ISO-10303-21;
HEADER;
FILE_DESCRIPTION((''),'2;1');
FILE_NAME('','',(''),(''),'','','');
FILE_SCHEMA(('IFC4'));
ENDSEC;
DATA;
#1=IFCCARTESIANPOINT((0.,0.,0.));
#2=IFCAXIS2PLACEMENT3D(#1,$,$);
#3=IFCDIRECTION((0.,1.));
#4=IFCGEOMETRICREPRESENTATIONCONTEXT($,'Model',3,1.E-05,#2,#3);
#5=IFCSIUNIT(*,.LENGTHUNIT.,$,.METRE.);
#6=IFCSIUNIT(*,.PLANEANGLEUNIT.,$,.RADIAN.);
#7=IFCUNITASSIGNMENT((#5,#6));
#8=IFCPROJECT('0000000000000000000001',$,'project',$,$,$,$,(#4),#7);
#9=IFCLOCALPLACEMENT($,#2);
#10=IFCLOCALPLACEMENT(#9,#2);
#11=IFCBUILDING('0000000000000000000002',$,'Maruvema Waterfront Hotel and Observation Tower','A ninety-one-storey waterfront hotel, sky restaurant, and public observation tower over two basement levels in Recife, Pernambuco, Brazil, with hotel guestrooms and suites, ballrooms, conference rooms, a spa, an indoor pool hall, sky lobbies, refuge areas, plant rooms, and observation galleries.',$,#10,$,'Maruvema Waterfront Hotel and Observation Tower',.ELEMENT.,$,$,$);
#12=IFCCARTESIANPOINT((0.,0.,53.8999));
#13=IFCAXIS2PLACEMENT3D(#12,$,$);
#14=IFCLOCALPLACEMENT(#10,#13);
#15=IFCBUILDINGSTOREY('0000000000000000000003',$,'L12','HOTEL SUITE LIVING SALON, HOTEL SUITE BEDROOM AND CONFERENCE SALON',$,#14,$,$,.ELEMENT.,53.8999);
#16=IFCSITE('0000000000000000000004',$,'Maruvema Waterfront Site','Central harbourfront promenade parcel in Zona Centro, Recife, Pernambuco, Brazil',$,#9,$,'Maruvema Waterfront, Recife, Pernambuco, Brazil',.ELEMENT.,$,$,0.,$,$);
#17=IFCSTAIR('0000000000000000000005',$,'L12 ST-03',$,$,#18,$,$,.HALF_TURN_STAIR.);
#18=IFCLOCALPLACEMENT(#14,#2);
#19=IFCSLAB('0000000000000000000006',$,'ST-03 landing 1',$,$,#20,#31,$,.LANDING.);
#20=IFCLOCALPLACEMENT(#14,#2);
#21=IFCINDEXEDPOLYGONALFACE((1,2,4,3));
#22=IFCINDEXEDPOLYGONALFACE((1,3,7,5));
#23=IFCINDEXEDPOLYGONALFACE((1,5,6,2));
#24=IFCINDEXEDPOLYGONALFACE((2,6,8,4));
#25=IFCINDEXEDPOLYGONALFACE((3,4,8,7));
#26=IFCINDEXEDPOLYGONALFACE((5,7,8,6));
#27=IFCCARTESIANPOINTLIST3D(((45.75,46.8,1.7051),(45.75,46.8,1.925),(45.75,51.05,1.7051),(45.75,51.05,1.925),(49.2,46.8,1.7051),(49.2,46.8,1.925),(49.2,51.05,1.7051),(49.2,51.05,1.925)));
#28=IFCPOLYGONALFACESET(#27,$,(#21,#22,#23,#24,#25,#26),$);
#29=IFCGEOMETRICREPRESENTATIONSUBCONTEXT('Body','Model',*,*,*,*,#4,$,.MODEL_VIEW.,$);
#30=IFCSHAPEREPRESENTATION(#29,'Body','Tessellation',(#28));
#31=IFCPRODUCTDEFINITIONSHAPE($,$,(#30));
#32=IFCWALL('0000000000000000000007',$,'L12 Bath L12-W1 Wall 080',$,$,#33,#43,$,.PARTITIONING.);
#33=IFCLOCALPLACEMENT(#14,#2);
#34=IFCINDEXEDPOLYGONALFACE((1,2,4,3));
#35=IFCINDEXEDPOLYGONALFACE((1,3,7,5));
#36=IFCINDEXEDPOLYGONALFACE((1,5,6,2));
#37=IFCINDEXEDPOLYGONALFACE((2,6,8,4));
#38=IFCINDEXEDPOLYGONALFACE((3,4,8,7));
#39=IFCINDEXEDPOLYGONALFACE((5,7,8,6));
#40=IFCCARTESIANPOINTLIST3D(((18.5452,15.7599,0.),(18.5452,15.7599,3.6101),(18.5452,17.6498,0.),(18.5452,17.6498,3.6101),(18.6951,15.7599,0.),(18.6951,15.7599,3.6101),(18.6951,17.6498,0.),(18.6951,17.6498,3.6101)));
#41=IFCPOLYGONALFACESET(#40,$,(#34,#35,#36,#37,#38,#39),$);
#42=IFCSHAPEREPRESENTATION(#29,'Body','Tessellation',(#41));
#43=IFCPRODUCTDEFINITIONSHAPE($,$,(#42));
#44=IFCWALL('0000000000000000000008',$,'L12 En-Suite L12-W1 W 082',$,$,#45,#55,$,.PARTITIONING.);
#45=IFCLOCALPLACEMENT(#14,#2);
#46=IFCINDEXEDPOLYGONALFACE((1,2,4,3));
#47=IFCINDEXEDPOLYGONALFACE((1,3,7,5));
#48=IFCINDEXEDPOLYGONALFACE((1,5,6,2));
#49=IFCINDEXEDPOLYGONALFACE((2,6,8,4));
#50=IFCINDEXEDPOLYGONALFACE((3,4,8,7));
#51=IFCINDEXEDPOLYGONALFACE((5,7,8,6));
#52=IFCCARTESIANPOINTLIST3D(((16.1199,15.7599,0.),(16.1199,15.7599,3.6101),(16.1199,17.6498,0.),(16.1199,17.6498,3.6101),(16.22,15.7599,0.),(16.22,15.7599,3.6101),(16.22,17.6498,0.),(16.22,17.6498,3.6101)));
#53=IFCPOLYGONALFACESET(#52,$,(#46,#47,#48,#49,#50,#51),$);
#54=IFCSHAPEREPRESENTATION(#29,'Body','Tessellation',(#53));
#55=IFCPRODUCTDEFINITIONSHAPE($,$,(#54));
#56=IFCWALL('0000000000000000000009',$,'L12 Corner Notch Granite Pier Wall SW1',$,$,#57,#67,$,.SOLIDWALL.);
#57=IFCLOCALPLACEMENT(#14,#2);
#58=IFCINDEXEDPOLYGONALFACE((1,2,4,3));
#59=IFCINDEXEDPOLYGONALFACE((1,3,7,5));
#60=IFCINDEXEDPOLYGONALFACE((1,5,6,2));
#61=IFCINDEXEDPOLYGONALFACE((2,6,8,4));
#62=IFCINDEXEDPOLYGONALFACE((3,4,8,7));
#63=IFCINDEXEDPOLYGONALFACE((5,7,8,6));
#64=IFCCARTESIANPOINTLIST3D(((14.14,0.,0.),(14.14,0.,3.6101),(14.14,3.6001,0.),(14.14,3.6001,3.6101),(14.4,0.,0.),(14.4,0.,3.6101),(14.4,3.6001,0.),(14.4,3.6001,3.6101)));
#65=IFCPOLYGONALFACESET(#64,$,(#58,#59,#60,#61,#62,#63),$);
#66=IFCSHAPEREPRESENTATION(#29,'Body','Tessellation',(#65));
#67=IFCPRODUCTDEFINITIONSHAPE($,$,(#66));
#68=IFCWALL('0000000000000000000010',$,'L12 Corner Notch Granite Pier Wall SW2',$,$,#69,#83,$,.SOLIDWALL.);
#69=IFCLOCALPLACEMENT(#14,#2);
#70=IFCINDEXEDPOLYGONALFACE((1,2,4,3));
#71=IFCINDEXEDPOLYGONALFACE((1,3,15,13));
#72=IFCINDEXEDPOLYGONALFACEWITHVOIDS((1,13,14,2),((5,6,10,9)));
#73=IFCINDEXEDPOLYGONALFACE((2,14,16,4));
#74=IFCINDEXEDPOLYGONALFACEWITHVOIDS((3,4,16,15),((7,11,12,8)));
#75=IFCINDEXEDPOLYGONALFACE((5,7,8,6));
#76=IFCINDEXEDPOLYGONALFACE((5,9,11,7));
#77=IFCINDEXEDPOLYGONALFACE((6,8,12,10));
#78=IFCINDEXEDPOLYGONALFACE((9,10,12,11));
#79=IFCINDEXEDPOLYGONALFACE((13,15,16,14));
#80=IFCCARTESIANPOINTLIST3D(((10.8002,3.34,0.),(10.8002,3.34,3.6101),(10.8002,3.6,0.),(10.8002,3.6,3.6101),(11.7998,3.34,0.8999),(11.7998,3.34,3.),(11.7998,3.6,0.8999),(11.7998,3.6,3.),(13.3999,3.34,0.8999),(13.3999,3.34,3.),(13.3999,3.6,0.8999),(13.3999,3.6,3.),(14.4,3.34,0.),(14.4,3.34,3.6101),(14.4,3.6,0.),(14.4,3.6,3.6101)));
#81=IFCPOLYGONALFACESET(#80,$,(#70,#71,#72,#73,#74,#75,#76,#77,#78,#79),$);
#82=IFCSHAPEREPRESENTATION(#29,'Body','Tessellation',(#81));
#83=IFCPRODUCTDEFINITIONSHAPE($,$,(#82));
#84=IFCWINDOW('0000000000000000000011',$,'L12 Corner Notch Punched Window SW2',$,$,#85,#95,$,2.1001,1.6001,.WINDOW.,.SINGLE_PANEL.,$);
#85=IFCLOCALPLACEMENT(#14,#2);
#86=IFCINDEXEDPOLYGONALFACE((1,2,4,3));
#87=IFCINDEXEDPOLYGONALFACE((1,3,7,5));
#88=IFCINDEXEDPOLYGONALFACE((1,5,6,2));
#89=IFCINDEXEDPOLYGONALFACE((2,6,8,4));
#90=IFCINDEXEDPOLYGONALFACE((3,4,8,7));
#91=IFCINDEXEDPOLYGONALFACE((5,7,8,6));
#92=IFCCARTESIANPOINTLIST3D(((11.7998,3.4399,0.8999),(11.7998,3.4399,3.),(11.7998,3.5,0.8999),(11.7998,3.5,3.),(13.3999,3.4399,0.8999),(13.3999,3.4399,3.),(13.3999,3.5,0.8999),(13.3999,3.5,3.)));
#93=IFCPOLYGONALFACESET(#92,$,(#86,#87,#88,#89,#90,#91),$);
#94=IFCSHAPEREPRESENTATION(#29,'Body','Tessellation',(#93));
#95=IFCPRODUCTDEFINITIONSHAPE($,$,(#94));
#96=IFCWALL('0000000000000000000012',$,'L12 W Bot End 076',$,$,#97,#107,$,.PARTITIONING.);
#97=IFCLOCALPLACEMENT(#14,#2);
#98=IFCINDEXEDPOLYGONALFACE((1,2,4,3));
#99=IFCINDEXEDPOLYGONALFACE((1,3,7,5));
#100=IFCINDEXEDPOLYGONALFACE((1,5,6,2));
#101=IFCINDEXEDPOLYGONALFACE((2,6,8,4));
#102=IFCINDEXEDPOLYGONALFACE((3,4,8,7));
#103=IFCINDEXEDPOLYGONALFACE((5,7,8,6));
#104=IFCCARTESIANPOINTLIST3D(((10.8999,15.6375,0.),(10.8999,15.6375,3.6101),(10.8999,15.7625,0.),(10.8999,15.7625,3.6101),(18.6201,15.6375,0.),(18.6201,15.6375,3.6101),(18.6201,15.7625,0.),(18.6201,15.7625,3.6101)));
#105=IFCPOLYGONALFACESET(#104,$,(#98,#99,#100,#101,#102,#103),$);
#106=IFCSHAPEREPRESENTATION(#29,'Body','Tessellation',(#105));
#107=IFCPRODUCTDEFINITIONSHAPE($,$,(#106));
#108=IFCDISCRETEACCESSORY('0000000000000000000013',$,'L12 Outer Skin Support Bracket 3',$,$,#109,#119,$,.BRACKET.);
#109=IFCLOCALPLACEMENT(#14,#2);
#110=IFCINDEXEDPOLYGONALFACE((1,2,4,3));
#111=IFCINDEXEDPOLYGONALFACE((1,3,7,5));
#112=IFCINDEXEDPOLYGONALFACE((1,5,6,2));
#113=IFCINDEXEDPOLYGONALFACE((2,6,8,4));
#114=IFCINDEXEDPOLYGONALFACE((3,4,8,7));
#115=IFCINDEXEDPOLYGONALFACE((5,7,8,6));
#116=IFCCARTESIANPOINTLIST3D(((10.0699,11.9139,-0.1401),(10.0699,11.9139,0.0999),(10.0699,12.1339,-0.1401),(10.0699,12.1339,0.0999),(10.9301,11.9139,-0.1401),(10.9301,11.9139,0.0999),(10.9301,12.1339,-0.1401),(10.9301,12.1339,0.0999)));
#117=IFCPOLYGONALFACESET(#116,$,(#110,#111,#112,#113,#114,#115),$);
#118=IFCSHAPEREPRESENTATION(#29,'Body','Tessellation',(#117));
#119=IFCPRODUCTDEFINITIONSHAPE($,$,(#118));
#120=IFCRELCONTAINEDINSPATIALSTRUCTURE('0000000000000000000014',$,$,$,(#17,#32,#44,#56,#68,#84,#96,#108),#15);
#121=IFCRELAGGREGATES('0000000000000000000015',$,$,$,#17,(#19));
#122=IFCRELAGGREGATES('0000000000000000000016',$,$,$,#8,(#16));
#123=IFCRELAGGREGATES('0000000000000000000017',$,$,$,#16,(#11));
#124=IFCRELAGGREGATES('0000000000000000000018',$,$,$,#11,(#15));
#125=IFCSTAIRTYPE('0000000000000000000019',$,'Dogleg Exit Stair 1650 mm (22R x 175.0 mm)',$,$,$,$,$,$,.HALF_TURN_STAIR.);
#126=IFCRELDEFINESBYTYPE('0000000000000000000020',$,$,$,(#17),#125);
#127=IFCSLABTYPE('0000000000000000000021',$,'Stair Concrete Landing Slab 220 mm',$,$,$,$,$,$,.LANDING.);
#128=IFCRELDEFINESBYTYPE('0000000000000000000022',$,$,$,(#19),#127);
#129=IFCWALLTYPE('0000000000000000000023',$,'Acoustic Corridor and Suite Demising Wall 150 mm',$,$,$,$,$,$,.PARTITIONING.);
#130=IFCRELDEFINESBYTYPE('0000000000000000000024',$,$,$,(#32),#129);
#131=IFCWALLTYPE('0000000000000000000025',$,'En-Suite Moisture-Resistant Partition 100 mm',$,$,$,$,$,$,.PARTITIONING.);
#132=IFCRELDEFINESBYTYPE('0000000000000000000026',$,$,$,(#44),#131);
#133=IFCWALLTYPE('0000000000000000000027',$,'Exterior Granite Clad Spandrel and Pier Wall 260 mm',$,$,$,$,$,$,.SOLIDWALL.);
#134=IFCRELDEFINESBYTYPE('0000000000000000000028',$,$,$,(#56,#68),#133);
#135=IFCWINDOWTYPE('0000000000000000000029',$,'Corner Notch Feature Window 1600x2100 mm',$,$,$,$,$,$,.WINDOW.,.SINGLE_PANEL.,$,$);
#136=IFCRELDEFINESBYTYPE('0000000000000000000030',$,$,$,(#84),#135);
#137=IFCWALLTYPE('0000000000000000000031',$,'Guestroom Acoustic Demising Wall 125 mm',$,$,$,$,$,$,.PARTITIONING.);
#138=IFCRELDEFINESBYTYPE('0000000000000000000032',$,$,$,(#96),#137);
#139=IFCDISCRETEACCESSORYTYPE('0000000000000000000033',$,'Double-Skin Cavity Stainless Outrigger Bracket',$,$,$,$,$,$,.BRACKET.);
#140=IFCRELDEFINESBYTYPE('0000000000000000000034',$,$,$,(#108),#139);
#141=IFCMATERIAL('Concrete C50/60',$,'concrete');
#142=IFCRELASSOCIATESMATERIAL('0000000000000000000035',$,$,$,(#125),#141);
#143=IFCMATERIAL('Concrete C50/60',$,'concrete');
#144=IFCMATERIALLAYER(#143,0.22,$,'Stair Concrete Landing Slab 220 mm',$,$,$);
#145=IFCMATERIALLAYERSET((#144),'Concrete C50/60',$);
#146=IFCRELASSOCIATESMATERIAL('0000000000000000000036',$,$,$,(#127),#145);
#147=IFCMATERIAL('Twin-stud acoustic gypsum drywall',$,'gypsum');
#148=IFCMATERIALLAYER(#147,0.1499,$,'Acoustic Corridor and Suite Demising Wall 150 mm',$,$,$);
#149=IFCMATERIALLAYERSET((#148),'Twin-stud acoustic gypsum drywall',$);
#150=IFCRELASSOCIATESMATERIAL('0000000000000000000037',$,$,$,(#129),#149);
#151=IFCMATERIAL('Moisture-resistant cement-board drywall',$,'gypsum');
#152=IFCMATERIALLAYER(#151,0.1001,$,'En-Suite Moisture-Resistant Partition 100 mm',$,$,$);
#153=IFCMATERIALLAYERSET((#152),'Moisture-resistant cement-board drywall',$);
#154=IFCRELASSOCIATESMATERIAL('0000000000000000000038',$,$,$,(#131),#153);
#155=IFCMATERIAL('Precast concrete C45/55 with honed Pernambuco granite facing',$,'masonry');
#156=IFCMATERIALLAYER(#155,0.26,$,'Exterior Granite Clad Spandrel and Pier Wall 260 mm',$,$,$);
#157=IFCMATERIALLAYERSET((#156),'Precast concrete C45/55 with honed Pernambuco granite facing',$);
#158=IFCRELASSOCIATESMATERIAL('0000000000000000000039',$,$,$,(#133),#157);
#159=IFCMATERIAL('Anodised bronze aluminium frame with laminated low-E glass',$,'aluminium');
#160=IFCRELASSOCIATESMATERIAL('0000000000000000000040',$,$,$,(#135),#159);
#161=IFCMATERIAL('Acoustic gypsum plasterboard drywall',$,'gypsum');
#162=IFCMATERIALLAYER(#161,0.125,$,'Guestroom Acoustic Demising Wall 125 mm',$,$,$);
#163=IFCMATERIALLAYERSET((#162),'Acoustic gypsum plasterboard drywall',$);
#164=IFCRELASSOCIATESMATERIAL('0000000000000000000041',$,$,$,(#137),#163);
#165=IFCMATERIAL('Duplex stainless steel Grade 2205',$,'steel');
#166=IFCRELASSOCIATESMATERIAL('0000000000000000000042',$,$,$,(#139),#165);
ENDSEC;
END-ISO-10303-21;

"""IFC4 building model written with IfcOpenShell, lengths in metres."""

from ifc_helpers import new_model, si_unit, direction, frame, frame_2d, origin, origin_2d, place, context, subcontext, project, spatial, polyline, rectangle, outline, extrude, material, layer, layer_set, type_object, element, fill, aggregate, save


model = new_model("IFC4")

# Units and contexts
model_context = context("Model", 3, precision=1e-05, world=origin(), true_north=direction((0.0, 1.0)))
body_context = subcontext(model_context, "Body", "Model", "MODEL_VIEW")
ifc_project = project(units=[si_unit("LENGTHUNIT", "METRE"), si_unit("PLANEANGLEUNIT", "RADIAN")], contexts=[model_context])

# Site, building, storey
site_placement = place(None, origin())
site = spatial("IfcSite", under=ifc_project, at=site_placement, Name="Maruvema Waterfront Site", Description="Central harbourfront promenade parcel in Zona Centro, Recife, Pernambuco, Brazil", LongName="Maruvema Waterfront, Recife, Pernambuco, Brazil", CompositionType="ELEMENT", RefElevation=0.0)
building_placement = place(site_placement, origin())
building = spatial("IfcBuilding", under=site, at=building_placement, Name="Maruvema Waterfront Hotel and Observation Tower", Description="A ninety-one-storey waterfront hotel, sky restaurant, and public observation tower over two basement levels in Recife, Pernambuco, Brazil, with hotel guestrooms and suites, ballrooms, conference rooms, a spa, an indoor pool hall, sky lobbies, refuge areas, plant rooms, and observation galleries.", LongName="Maruvema Waterfront Hotel and Observation Tower", CompositionType="ELEMENT")
storey_placement = place(building_placement, frame((0.0, 0.0, 53.8999)))
storey = spatial("IfcBuildingStorey", under=building, at=storey_placement, Name="L12", Description="HOTEL SUITE LIVING SALON, HOTEL SUITE BEDROOM AND CONFERENCE SALON", CompositionType="ELEMENT", Elevation=53.8999)

# Stair, slab
ifc_material_1 = material(Name="Concrete C50/60", Category="concrete")
stair_type = type_object("IfcStairType", Name="Dogleg Exit Stair 1650 mm (22R x 175.0 mm)", PredefinedType="HALF_TURN_STAIR", material=ifc_material_1)
ifc_material_2 = material(Name="Concrete C50/60", Category="concrete")
ifc_layer_1 = layer(ifc_material_2, 0.22, Name="Stair Concrete Landing Slab 220 mm")
ifc_layer_set_1 = layer_set([ifc_layer_1], Name="Concrete C50/60")
slab_type_1 = type_object("IfcSlabType", Name="Stair Concrete Landing Slab 220 mm", PredefinedType="LANDING", material=ifc_layer_set_1)
stair_1_placement = place(storey_placement, origin())
stair_1 = element("IfcStair", 1, at=stair_1_placement, inside=storey, type_object=stair_type, Name="L12 ST-03", PredefinedType="HALF_TURN_STAIR")
slab_1_placement = place(storey_placement, frame((0.0, 0.0, 1.7051)))
slab_1 = element("IfcSlab", 2, at=slab_1_placement, type_object=slab_type_1, Name="ST-03 landing 1", PredefinedType="LANDING", context=body_context, shape_type="SweptSolid", body=[
    extrude(outline(polyline([(49.2, 46.8), (49.2, 51.05), (45.75, 51.05), (45.75, 46.8), (49.2, 46.8)])), origin(), (0.0, 0.0, 1.0), 0.22),
])
aggregate(stair_1, [slab_1])

# Walls
ifc_material_3 = material(Name="Twin-stud acoustic gypsum drywall", Category="gypsum")
ifc_layer_2 = layer(ifc_material_3, 0.1499, Name="Acoustic Corridor and Suite Demising Wall 150 mm")
ifc_layer_set_2 = layer_set([ifc_layer_2], Name="Twin-stud acoustic gypsum drywall")
wall_type_1 = type_object("IfcWallType", Name="Acoustic Corridor and Suite Demising Wall 150 mm", PredefinedType="PARTITIONING", material=ifc_layer_set_2)
wall_1_placement = place(storey_placement, frame((18.6201, 15.76, 0.0), z_axis=(0.0, 0.0, 1.0), x_axis=(0.0, 1.0, 0.0)))
element("IfcWall", 3, at=wall_1_placement, inside=storey, type_object=wall_type_1, Name="L12 Bath L12-W1 Wall 080", PredefinedType="PARTITIONING", context=body_context, shape_type="SweptSolid", body=[
    extrude(rectangle(XDim=1.8899, YDim=0.1499, at=frame_2d((0.9448, 0.0))), origin(), (0.0, 0.0, 1.0), 3.6101),
])
ifc_material_4 = material(Name="Moisture-resistant cement-board drywall", Category="gypsum")
ifc_layer_3 = layer(ifc_material_4, 0.1001, Name="En-Suite Moisture-Resistant Partition 100 mm")
ifc_layer_set_3 = layer_set([ifc_layer_3], Name="Moisture-resistant cement-board drywall")
wall_type_2 = type_object("IfcWallType", Name="En-Suite Moisture-Resistant Partition 100 mm", PredefinedType="PARTITIONING", material=ifc_layer_set_3)
wall_2_placement = place(storey_placement, frame((16.1699, 15.76, 0.0), z_axis=(0.0, 0.0, 1.0), x_axis=(0.0, 1.0, 0.0)))
element("IfcWall", 4, at=wall_2_placement, inside=storey, type_object=wall_type_2, Name="L12 En-Suite L12-W1 W 082", PredefinedType="PARTITIONING", context=body_context, shape_type="SweptSolid", body=[
    extrude(rectangle(XDim=1.8899, YDim=0.1001, at=frame_2d((0.9448, 0.0))), origin(), (0.0, 0.0, 1.0), 3.6101),
])
ifc_material_5 = material(Name="Precast concrete C45/55 with honed Pernambuco granite facing", Category="masonry")
ifc_layer_4 = layer(ifc_material_5, 0.26, Name="Exterior Granite Clad Spandrel and Pier Wall 260 mm")
ifc_layer_set_4 = layer_set([ifc_layer_4], Name="Precast concrete C45/55 with honed Pernambuco granite facing")
wall_type_3 = type_object("IfcWallType", Name="Exterior Granite Clad Spandrel and Pier Wall 260 mm", PredefinedType="SOLIDWALL", material=ifc_layer_set_4)
wall_3_placement = place(storey_placement, frame((14.27, 0.0, 0.0), z_axis=(0.0, 0.0, 1.0), x_axis=(0.0, 1.0, 0.0)))
element("IfcWall", 5, at=wall_3_placement, inside=storey, type_object=wall_type_3, Name="L12 Corner Notch Granite Pier Wall SW1", PredefinedType="SOLIDWALL", context=body_context, shape_type="SweptSolid", body=[
    extrude(rectangle(XDim=3.6001, YDim=0.26, at=frame_2d((1.8, 0.0))), origin(), (0.0, 0.0, 1.0), 3.6101),
])

# Wall, opening, window
wall_4_placement = place(storey_placement, frame((14.3999, 3.47, 0.0), z_axis=(0.0, 0.0, 1.0), x_axis=(-1.0, 0.0, 0.0)))
wall_4 = element("IfcWall", 6, at=wall_4_placement, inside=storey, type_object=wall_type_3, Name="L12 Corner Notch Granite Pier Wall SW2", PredefinedType="SOLIDWALL", context=body_context, shape_type="SweptSolid", body=[
    extrude(rectangle(XDim=3.5999, YDim=0.26, at=frame_2d((1.7998, 0.0))), origin(), (0.0, 0.0, 1.0), 3.6101),
])
opening_placement = place(wall_4_placement, frame((1.0, 0.0, 0.8999)))
opening = element("IfcOpeningElement", 7, at=opening_placement, cuts=wall_4, PredefinedType="OPENING", context=body_context, shape_type="SweptSolid", body=[
    extrude(rectangle(XDim=1.6001, YDim=2.1001, at=frame_2d((0.8, 1.05))), frame((0.0, 0.1401, 0.0), z_axis=(0.0, -1.0, 0.0), x_axis=(1.0, 0.0, 0.0)), (0.0, 0.0, 1.0), 0.28),
])
ifc_material_6 = material(Name="Anodised bronze aluminium frame with laminated low-E glass", Category="aluminium")
window_type = type_object("IfcWindowType", Name="Corner Notch Feature Window 1600x2100 mm", PartitioningType="SINGLE_PANEL", PredefinedType="WINDOW", material=ifc_material_6)
window_placement = place(opening_placement, origin())
window = element("IfcWindow", 8, at=window_placement, inside=storey, type_object=window_type, Name="L12 Corner Notch Punched Window SW2", OverallHeight=2.1001, OverallWidth=1.6001, PartitioningType="SINGLE_PANEL", PredefinedType="WINDOW", context=body_context, shape_type="SweptSolid", body=[
    extrude(rectangle(XDim=1.6001, YDim=2.1001, at=frame_2d((0.8, 1.05))), frame((0.0, 0.03, 0.0), z_axis=(0.0, -1.0, 0.0), x_axis=(1.0, 0.0, 0.0)), (0.0, 0.0, 1.0), 0.0601),
])
fill(opening, window)

# Wall
ifc_material_7 = material(Name="Acoustic gypsum plasterboard drywall", Category="gypsum")
ifc_layer_5 = layer(ifc_material_7, 0.125, Name="Guestroom Acoustic Demising Wall 125 mm")
ifc_layer_set_5 = layer_set([ifc_layer_5], Name="Acoustic gypsum plasterboard drywall")
wall_type_4 = type_object("IfcWallType", Name="Guestroom Acoustic Demising Wall 125 mm", PredefinedType="PARTITIONING", material=ifc_layer_set_5)
wall_5_placement = place(storey_placement, frame((10.8999, 15.7, 0.0), z_axis=(0.0, 0.0, 1.0), x_axis=(1.0, 0.0, 0.0)))
element("IfcWall", 9, at=wall_5_placement, inside=storey, type_object=wall_type_4, Name="L12 W Bot End 076", PredefinedType="PARTITIONING", context=body_context, shape_type="SweptSolid", body=[
    extrude(rectangle(XDim=7.7202, YDim=0.125, at=frame_2d((3.8601, 0.0))), origin(), (0.0, 0.0, 1.0), 3.6101),
])

# Discrete accessory
ifc_material_8 = material(Name="Duplex stainless steel Grade 2205", Category="steel")
discrete_accessory_type = type_object("IfcDiscreteAccessoryType", Name="Double-Skin Cavity Stainless Outrigger Bracket", PredefinedType="BRACKET", material=ifc_material_8)
discrete_accessory_placement = place(storey_placement, frame((10.5, 12.0239, -0.1401), z_axis=(0.0, 0.0, 1.0), x_axis=(0.0, -1.0, 0.0)))
element("IfcDiscreteAccessory", 10, at=discrete_accessory_placement, inside=storey, type_object=discrete_accessory_type, Name="L12 Outer Skin Support Bracket 3", PredefinedType="BRACKET", context=body_context, shape_type="SweptSolid", body=[
    extrude(rectangle(XDim=0.22, YDim=0.8601, at=origin_2d()), origin(), (0.0, 0.0, 1.0), 0.24),
])

save(model, "model.ifc")
